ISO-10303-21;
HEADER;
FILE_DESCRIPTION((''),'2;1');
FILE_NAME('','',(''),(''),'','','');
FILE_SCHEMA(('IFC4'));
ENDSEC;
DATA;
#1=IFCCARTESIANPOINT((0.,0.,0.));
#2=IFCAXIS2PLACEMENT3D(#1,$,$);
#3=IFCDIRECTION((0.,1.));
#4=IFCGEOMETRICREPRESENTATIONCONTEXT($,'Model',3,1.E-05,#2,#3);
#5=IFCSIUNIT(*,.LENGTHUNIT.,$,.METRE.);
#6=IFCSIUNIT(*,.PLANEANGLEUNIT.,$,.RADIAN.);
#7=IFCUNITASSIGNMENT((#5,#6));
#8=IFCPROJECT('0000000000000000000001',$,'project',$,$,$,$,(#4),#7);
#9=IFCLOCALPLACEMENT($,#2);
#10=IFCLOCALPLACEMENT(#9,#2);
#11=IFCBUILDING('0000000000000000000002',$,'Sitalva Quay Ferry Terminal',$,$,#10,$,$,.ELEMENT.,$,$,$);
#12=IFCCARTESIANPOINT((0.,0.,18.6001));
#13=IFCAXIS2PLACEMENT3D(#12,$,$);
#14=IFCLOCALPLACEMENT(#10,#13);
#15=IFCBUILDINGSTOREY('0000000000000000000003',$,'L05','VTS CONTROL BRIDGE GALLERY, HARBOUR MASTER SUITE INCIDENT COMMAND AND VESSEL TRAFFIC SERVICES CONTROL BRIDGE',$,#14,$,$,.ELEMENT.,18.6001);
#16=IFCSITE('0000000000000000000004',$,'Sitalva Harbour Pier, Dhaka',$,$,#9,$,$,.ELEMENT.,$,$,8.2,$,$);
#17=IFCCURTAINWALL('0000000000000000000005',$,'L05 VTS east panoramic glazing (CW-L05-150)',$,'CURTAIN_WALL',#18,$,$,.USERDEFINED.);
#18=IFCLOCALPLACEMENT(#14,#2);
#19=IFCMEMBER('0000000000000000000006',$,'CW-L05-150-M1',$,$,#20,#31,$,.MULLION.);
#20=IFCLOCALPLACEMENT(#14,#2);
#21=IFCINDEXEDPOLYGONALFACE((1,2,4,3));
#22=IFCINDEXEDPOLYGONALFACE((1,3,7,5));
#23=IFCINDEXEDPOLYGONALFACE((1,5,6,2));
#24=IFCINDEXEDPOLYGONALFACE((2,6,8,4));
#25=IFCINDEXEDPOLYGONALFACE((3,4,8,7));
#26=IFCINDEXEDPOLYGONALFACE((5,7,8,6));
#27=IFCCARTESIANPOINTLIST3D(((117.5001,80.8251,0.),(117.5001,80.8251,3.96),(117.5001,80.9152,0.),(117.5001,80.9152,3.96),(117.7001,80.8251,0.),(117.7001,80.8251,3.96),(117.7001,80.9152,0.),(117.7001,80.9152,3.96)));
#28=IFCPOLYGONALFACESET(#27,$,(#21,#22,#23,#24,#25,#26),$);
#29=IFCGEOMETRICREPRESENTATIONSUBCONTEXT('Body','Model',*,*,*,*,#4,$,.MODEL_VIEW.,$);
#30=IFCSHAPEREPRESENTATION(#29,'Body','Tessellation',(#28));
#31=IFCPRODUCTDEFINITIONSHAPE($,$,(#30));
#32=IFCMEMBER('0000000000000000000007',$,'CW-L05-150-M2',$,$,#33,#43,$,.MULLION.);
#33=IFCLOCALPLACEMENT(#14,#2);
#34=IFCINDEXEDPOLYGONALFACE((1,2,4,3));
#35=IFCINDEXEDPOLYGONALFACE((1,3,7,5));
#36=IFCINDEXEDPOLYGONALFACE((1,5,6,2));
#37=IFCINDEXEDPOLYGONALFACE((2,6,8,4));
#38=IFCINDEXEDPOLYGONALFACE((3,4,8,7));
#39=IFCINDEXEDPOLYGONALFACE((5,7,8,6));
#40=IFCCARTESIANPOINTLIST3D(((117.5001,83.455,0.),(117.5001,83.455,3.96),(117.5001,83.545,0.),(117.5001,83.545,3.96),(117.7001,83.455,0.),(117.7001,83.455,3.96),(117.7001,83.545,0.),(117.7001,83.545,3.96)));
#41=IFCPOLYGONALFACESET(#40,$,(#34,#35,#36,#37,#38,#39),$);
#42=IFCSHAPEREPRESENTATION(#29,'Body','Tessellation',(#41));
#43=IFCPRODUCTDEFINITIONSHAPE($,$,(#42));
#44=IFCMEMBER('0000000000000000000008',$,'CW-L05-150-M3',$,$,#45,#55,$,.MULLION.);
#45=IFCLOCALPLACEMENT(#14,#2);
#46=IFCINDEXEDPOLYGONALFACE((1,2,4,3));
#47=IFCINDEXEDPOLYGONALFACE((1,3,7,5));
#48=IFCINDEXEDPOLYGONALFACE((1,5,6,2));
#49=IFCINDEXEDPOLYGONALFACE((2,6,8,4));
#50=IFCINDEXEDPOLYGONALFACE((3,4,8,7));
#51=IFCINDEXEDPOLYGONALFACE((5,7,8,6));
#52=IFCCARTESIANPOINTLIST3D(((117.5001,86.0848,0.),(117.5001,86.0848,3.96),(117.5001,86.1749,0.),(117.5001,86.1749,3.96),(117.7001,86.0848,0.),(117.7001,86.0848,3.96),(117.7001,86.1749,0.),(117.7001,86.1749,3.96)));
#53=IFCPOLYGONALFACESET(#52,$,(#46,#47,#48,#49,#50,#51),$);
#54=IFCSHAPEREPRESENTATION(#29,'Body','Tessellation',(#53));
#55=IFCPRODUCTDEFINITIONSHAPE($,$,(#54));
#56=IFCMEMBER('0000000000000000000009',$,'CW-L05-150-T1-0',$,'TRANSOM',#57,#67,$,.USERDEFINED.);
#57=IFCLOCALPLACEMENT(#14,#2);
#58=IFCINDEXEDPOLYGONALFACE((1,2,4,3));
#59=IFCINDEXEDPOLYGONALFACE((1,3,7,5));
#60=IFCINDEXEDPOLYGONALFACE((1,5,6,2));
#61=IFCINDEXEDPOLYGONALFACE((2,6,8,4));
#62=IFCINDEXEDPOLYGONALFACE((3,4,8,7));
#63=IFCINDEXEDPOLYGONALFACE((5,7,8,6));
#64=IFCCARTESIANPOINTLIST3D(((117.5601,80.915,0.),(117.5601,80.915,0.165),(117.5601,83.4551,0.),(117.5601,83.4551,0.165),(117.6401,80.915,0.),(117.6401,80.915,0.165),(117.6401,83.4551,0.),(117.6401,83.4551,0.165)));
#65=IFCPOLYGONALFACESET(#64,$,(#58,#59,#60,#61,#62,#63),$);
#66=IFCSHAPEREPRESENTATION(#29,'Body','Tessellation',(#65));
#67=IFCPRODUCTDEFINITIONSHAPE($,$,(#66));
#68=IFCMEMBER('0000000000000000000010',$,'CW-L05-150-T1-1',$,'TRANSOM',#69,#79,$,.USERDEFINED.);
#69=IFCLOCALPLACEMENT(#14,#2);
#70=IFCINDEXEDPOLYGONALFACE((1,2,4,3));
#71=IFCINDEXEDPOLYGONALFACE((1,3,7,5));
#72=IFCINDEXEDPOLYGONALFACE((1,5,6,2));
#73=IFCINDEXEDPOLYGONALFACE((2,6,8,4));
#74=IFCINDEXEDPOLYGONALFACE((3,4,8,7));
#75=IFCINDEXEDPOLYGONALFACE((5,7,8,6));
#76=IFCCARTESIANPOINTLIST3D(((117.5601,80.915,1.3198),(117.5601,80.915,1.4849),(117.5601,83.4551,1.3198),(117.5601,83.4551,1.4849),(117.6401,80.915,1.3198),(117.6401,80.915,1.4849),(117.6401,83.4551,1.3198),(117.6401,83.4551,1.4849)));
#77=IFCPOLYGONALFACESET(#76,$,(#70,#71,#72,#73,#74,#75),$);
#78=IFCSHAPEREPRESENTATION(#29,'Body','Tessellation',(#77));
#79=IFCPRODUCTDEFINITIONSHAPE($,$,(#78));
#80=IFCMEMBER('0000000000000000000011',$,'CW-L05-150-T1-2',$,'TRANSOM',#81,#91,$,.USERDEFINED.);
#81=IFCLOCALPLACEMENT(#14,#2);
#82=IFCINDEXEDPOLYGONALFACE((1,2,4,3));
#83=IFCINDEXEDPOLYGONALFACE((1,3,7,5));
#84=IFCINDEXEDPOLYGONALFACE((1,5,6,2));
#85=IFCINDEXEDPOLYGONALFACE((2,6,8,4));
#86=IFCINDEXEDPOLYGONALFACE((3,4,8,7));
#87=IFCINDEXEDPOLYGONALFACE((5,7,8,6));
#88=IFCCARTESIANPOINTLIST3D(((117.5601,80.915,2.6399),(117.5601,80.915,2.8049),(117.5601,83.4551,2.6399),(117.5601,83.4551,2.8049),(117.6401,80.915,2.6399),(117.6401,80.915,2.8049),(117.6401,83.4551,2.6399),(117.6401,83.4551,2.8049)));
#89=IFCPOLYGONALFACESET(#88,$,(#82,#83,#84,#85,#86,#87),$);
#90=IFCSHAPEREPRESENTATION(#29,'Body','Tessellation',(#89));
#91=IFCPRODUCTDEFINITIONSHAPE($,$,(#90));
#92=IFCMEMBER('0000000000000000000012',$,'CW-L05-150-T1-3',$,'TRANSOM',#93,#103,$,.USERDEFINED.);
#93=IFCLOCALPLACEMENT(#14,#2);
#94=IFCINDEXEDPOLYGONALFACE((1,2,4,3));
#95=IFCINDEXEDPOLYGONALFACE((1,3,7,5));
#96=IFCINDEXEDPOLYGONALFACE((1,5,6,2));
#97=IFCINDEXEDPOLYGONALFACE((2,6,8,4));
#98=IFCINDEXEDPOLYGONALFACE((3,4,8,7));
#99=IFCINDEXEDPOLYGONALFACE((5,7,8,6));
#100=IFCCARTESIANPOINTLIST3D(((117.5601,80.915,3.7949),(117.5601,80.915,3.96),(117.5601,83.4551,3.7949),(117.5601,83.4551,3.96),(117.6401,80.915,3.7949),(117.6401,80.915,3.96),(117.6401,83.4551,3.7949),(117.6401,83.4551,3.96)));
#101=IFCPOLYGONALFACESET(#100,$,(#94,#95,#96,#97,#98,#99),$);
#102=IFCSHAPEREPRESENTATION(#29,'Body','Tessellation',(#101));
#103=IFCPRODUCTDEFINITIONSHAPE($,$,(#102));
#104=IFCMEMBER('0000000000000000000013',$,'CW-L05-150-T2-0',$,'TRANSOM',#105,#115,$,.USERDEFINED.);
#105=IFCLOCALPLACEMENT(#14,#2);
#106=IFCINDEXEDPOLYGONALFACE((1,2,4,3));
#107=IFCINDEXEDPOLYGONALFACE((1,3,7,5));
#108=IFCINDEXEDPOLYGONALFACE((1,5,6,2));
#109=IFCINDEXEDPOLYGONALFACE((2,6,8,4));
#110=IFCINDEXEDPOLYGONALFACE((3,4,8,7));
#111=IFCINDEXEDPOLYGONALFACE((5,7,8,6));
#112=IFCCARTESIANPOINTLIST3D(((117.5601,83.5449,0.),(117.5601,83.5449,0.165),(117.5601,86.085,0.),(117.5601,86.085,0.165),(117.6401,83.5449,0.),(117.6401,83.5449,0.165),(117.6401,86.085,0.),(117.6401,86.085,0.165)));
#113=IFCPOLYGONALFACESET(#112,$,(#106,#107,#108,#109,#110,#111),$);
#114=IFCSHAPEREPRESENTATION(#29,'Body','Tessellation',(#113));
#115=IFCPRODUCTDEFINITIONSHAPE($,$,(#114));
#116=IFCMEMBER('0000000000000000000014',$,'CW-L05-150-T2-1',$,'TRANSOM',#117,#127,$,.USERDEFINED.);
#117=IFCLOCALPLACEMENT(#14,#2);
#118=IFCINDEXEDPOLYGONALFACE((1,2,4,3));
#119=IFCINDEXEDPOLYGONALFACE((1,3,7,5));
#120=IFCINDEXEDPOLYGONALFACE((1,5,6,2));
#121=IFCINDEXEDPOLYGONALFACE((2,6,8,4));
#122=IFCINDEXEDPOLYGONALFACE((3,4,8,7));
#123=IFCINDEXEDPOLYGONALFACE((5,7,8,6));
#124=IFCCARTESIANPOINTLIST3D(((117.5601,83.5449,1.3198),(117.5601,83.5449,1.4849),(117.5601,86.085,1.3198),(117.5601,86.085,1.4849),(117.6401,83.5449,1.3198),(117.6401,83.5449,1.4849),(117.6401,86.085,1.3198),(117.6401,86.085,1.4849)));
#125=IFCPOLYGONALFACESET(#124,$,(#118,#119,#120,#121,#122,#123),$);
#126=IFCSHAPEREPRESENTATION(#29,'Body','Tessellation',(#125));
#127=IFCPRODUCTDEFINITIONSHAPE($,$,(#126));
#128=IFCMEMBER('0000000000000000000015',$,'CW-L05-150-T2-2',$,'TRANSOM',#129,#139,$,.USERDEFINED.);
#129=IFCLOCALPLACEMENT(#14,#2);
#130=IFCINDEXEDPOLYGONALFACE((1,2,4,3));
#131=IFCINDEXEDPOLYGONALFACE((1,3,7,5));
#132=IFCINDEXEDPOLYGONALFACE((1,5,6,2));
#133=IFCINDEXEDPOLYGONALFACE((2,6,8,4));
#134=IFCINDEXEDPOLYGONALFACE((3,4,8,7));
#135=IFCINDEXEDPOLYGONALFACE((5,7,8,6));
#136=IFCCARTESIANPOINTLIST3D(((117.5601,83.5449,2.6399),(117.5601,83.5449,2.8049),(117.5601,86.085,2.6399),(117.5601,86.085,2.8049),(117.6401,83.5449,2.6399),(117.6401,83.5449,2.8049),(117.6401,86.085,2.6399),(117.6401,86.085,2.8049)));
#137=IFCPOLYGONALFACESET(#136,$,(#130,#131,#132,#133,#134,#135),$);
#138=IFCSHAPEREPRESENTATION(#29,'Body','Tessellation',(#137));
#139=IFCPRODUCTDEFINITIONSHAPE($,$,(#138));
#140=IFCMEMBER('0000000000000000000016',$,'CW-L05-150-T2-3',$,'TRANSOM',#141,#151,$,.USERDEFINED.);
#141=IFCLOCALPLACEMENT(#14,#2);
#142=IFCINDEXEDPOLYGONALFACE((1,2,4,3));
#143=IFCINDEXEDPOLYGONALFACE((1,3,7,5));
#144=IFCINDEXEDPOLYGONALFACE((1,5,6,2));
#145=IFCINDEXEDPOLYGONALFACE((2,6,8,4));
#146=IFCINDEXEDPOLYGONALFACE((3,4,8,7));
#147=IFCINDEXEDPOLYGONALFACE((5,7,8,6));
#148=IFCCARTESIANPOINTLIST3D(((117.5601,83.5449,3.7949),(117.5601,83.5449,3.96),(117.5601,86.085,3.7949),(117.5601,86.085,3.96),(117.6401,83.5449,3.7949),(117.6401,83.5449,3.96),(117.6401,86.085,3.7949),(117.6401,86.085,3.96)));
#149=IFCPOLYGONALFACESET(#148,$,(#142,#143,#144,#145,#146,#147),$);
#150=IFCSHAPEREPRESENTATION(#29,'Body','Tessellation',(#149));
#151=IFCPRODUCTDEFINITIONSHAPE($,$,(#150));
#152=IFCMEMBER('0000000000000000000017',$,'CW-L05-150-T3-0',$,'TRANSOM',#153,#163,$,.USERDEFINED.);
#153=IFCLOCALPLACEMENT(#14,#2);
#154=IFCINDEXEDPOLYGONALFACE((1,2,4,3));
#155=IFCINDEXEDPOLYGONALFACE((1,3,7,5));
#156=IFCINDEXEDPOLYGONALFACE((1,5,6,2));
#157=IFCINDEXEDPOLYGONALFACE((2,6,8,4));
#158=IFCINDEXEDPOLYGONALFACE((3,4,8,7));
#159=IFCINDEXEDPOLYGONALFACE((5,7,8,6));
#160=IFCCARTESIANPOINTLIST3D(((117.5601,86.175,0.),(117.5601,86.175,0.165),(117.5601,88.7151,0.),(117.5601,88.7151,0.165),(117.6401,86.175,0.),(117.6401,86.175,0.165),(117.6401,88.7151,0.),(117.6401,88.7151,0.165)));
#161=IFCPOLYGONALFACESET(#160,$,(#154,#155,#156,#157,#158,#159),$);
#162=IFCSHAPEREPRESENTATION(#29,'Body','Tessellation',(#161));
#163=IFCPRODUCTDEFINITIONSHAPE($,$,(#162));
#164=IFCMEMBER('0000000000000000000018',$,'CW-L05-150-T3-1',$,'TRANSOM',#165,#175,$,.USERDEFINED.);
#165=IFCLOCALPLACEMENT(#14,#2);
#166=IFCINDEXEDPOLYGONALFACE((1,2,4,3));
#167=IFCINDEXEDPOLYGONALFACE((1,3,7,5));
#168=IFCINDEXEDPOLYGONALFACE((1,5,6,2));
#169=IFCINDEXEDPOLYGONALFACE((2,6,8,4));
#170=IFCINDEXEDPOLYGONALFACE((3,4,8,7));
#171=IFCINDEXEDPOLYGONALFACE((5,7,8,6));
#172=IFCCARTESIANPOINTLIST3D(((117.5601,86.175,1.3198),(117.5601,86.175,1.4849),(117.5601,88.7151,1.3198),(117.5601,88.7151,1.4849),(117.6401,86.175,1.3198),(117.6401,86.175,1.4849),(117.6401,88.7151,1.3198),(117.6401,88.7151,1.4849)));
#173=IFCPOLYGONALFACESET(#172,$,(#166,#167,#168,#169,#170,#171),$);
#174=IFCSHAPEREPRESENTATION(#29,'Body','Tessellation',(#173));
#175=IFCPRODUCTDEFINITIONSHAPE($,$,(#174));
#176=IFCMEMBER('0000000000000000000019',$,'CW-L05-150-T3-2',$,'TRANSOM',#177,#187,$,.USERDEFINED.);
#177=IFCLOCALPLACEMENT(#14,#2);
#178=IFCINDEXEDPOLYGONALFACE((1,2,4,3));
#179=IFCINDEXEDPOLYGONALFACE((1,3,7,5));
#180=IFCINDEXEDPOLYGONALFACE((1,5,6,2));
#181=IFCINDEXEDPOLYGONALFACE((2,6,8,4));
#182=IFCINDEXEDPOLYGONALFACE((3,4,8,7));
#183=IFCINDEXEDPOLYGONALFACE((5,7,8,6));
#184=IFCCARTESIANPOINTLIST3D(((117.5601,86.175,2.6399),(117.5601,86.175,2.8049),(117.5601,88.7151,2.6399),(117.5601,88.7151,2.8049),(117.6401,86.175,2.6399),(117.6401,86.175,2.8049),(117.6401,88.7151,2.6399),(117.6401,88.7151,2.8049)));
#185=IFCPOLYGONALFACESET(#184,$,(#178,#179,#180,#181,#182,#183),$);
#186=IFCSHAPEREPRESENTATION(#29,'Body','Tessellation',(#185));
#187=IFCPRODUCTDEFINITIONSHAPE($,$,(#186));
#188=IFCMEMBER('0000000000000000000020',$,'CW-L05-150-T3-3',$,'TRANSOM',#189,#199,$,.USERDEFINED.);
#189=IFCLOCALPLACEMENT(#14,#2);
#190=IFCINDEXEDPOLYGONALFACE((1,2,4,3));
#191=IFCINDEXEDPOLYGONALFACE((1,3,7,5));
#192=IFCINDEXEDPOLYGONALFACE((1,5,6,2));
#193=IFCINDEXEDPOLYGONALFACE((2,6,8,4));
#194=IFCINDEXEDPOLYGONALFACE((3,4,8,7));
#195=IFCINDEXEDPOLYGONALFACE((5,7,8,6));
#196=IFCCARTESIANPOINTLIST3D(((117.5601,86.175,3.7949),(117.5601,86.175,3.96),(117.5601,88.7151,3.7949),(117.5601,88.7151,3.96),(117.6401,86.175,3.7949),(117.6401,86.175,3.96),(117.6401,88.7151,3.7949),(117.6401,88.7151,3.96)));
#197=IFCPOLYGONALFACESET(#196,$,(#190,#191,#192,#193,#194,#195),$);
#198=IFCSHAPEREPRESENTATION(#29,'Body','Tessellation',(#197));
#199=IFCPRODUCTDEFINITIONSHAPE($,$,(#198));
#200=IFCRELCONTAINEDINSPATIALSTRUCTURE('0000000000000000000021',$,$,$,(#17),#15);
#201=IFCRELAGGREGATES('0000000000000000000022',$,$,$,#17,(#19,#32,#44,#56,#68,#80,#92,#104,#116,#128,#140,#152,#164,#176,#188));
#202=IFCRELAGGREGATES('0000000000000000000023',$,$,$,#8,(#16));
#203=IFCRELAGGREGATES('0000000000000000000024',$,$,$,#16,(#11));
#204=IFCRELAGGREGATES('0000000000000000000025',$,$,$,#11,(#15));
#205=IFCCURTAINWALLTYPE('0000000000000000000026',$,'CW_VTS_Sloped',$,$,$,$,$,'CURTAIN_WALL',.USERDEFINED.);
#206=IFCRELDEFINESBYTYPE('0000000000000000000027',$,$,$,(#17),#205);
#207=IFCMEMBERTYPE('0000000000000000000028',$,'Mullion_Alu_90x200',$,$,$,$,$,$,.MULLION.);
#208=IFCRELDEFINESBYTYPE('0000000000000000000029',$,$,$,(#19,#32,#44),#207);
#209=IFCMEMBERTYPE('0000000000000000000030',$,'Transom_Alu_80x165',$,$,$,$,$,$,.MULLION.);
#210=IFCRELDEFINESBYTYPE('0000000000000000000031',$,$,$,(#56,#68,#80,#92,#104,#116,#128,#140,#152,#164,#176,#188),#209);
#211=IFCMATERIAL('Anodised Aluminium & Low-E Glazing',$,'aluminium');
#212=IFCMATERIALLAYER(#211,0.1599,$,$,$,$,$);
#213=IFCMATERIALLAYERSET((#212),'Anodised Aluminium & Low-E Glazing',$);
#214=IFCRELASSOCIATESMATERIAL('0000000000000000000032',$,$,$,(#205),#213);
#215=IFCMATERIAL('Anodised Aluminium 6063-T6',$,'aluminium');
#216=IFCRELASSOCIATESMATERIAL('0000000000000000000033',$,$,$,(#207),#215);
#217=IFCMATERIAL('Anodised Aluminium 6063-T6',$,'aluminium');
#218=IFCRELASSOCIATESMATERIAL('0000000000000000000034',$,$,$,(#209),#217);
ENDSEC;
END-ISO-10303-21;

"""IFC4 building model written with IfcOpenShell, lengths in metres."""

from ifc_helpers import new_model, si_unit, direction, frame, origin, origin_2d, place, context, subcontext, project, spatial, rectangle, extrude, material, layer, layer_set, material_profile, profile_set, type_object, element, aggregate, save


model = new_model("IFC4")

# Units and contexts
model_context = context("Model", 3, precision=1e-05, world=origin(), true_north=direction((0.0, 1.0)))
body_context = subcontext(model_context, "Body", "Model", "MODEL_VIEW")
ifc_project = project(units=[si_unit("LENGTHUNIT", "METRE"), si_unit("PLANEANGLEUNIT", "RADIAN")], contexts=[model_context])

# Site, building, storey
site_placement = place(None, origin())
site = spatial("IfcSite", under=ifc_project, at=site_placement, Name="Sitalva Harbour Pier, Dhaka", CompositionType="ELEMENT", RefElevation=8.2)
building_placement = place(site_placement, origin())
building = spatial("IfcBuilding", under=site, at=building_placement, Name="Sitalva Quay Ferry Terminal", CompositionType="ELEMENT")
storey_placement = place(building_placement, frame((0.0, 0.0, 18.6001)))
storey = spatial("IfcBuildingStorey", under=building, at=storey_placement, Name="L05", Description="VTS CONTROL BRIDGE GALLERY, HARBOUR MASTER SUITE INCIDENT COMMAND AND VESSEL TRAFFIC SERVICES CONTROL BRIDGE", CompositionType="ELEMENT", Elevation=18.6001)

# Curtain wall, members
ifc_material_1 = material(Name="Anodised Aluminium & Low-E Glazing", Category="aluminium")
ifc_layer_1 = layer(ifc_material_1, 0.1599)
ifc_layer_set_1 = layer_set([ifc_layer_1], Name="Anodised Aluminium & Low-E Glazing")
curtain_wall_type = type_object("IfcCurtainWallType", Name="CW_VTS_Sloped", ElementType="CURTAIN_WALL", PredefinedType="USERDEFINED", material=ifc_layer_set_1)
curtain_wall_placement = place(storey_placement, origin())
curtain_wall = element("IfcCurtainWall", 1, at=curtain_wall_placement, inside=storey, type_object=curtain_wall_type, Name="L05 VTS east panoramic glazing (CW-L05-150)", ObjectType="CURTAIN_WALL", PredefinedType="USERDEFINED")
ifc_material_2 = material(Name="Anodised Aluminium 6063-T6", Category="aluminium")
ifc_material_profile_1 = material_profile(ifc_material_2, rectangle(XDim=0.0901, YDim=0.2, at=origin_2d()), Name="ALU90x200")
ifc_profile_set_1 = profile_set([ifc_material_profile_1], Name="Anodised Aluminium 6063-T6")
member_type_1 = type_object("IfcMemberType", Name="Mullion_Alu_90x200", PredefinedType="MULLION", material=ifc_profile_set_1)
member_1_placement = place(storey_placement, frame((117.6001, 80.8701, 0.0), z_axis=(0.0, 0.0, 1.0), x_axis=(0.0, 1.0, 0.0)))
member_1 = element("IfcMember", 2, at=member_1_placement, type_object=member_type_1, Name="CW-L05-150-M1", PredefinedType="MULLION", context=body_context, shape_type="SweptSolid", body=[
    extrude(rectangle(XDim=0.0901, YDim=0.2, at=origin_2d()), origin(), (0.0, 0.0, 1.0), 3.96),
])
member_2_placement = place(storey_placement, frame((117.6001, 83.5, 0.0), z_axis=(0.0, 0.0, 1.0), x_axis=(0.0, 1.0, 0.0)))
member_2 = element("IfcMember", 3, at=member_2_placement, type_object=member_type_1, Name="CW-L05-150-M2", PredefinedType="MULLION", context=body_context, shape_type="SweptSolid", body=[
    extrude(rectangle(XDim=0.0901, YDim=0.2, at=origin_2d()), origin(), (0.0, 0.0, 1.0), 3.96),
])
member_3_placement = place(storey_placement, frame((117.6001, 86.1299, 0.0), z_axis=(0.0, 0.0, 1.0), x_axis=(0.0, 1.0, 0.0)))
member_3 = element("IfcMember", 4, at=member_3_placement, type_object=member_type_1, Name="CW-L05-150-M3", PredefinedType="MULLION", context=body_context, shape_type="SweptSolid", body=[
    extrude(rectangle(XDim=0.0901, YDim=0.2, at=origin_2d()), origin(), (0.0, 0.0, 1.0), 3.96),
])
ifc_material_3 = material(Name="Anodised Aluminium 6063-T6", Category="aluminium")
ifc_material_profile_2 = material_profile(ifc_material_3, rectangle(XDim=0.0801, YDim=0.165, at=origin_2d()), Name="ALU80x165")
ifc_profile_set_2 = profile_set([ifc_material_profile_2], Name="Anodised Aluminium 6063-T6")
member_type_2 = type_object("IfcMemberType", Name="Transom_Alu_80x165", PredefinedType="MULLION", material=ifc_profile_set_2)
member_4_placement = place(storey_placement, frame((117.6001, 80.915, 0.0825), z_axis=(0.0, 1.0, 0.0), x_axis=(-1.0, 0.0, 0.0)))
member_4 = element("IfcMember", 5, at=member_4_placement, type_object=member_type_2, Name="CW-L05-150-T1-0", ObjectType="TRANSOM", PredefinedType="USERDEFINED", context=body_context, shape_type="SweptSolid", body=[
    extrude(rectangle(XDim=0.0801, YDim=0.165, at=origin_2d()), origin(), (0.0, 0.0, 1.0), 2.54),
])
member_5_placement = place(storey_placement, frame((117.6001, 80.915, 1.4023), z_axis=(0.0, 1.0, 0.0), x_axis=(-1.0, 0.0, 0.0)))
member_5 = element("IfcMember", 6, at=member_5_placement, type_object=member_type_2, Name="CW-L05-150-T1-1", ObjectType="TRANSOM", PredefinedType="USERDEFINED", context=body_context, shape_type="SweptSolid", body=[
    extrude(rectangle(XDim=0.0801, YDim=0.165, at=origin_2d()), origin(), (0.0, 0.0, 1.0), 2.54),
])
member_6_placement = place(storey_placement, frame((117.6001, 80.915, 2.7224), z_axis=(0.0, 1.0, 0.0), x_axis=(-1.0, 0.0, 0.0)))
member_6 = element("IfcMember", 7, at=member_6_placement, type_object=member_type_2, Name="CW-L05-150-T1-2", ObjectType="TRANSOM", PredefinedType="USERDEFINED", context=body_context, shape_type="SweptSolid", body=[
    extrude(rectangle(XDim=0.0801, YDim=0.165, at=origin_2d()), origin(), (0.0, 0.0, 1.0), 2.54),
])
member_7_placement = place(storey_placement, frame((117.6001, 80.915, 3.8774), z_axis=(0.0, 1.0, 0.0), x_axis=(-1.0, 0.0, 0.0)))
member_7 = element("IfcMember", 8, at=member_7_placement, type_object=member_type_2, Name="CW-L05-150-T1-3", ObjectType="TRANSOM", PredefinedType="USERDEFINED", context=body_context, shape_type="SweptSolid", body=[
    extrude(rectangle(XDim=0.0801, YDim=0.165, at=origin_2d()), origin(), (0.0, 0.0, 1.0), 2.54),
])
member_8_placement = place(storey_placement, frame((117.6001, 83.5449, 0.0825), z_axis=(0.0, 1.0, 0.0), x_axis=(-1.0, 0.0, 0.0)))
member_8 = element("IfcMember", 9, at=member_8_placement, type_object=member_type_2, Name="CW-L05-150-T2-0", ObjectType="TRANSOM", PredefinedType="USERDEFINED", context=body_context, shape_type="SweptSolid", body=[
    extrude(rectangle(XDim=0.0801, YDim=0.165, at=origin_2d()), origin(), (0.0, 0.0, 1.0), 2.54),
])
member_9_placement = place(storey_placement, frame((117.6001, 83.5449, 1.4023), z_axis=(0.0, 1.0, 0.0), x_axis=(-1.0, 0.0, 0.0)))
member_9 = element("IfcMember", 10, at=member_9_placement, type_object=member_type_2, Name="CW-L05-150-T2-1", ObjectType="TRANSOM", PredefinedType="USERDEFINED", context=body_context, shape_type="SweptSolid", body=[
    extrude(rectangle(XDim=0.0801, YDim=0.165, at=origin_2d()), origin(), (0.0, 0.0, 1.0), 2.54),
])
member_10_placement = place(storey_placement, frame((117.6001, 83.5449, 2.7224), z_axis=(0.0, 1.0, 0.0), x_axis=(-1.0, 0.0, 0.0)))
member_10 = element("IfcMember", 11, at=member_10_placement, type_object=member_type_2, Name="CW-L05-150-T2-2", ObjectType="TRANSOM", PredefinedType="USERDEFINED", context=body_context, shape_type="SweptSolid", body=[
    extrude(rectangle(XDim=0.0801, YDim=0.165, at=origin_2d()), origin(), (0.0, 0.0, 1.0), 2.54),
])
member_11_placement = place(storey_placement, frame((117.6001, 83.5449, 3.8774), z_axis=(0.0, 1.0, 0.0), x_axis=(-1.0, 0.0, 0.0)))
member_11 = element("IfcMember", 12, at=member_11_placement, type_object=member_type_2, Name="CW-L05-150-T2-3", ObjectType="TRANSOM", PredefinedType="USERDEFINED", context=body_context, shape_type="SweptSolid", body=[
    extrude(rectangle(XDim=0.0801, YDim=0.165, at=origin_2d()), origin(), (0.0, 0.0, 1.0), 2.54),
])
member_12_placement = place(storey_placement, frame((117.6001, 86.175, 0.0825), z_axis=(0.0, 1.0, 0.0), x_axis=(-1.0, 0.0, 0.0)))
member_12 = element("IfcMember", 13, at=member_12_placement, type_object=member_type_2, Name="CW-L05-150-T3-0", ObjectType="TRANSOM", PredefinedType="USERDEFINED", context=body_context, shape_type="SweptSolid", body=[
    extrude(rectangle(XDim=0.0801, YDim=0.165, at=origin_2d()), origin(), (0.0, 0.0, 1.0), 2.54),
])
member_13_placement = place(storey_placement, frame((117.6001, 86.175, 1.4023), z_axis=(0.0, 1.0, 0.0), x_axis=(-1.0, 0.0, 0.0)))
member_13 = element("IfcMember", 14, at=member_13_placement, type_object=member_type_2, Name="CW-L05-150-T3-1", ObjectType="TRANSOM", PredefinedType="USERDEFINED", context=body_context, shape_type="SweptSolid", body=[
    extrude(rectangle(XDim=0.0801, YDim=0.165, at=origin_2d()), origin(), (0.0, 0.0, 1.0), 2.54),
])
member_14_placement = place(storey_placement, frame((117.6001, 86.175, 2.7224), z_axis=(0.0, 1.0, 0.0), x_axis=(-1.0, 0.0, 0.0)))
member_14 = element("IfcMember", 15, at=member_14_placement, type_object=member_type_2, Name="CW-L05-150-T3-2", ObjectType="TRANSOM", PredefinedType="USERDEFINED", context=body_context, shape_type="SweptSolid", body=[
    extrude(rectangle(XDim=0.0801, YDim=0.165, at=origin_2d()), origin(), (0.0, 0.0, 1.0), 2.54),
])
member_15_placement = place(storey_placement, frame((117.6001, 86.175, 3.8774), z_axis=(0.0, 1.0, 0.0), x_axis=(-1.0, 0.0, 0.0)))
member_15 = element("IfcMember", 16, at=member_15_placement, type_object=member_type_2, Name="CW-L05-150-T3-3", ObjectType="TRANSOM", PredefinedType="USERDEFINED", context=body_context, shape_type="SweptSolid", body=[
    extrude(rectangle(XDim=0.0801, YDim=0.165, at=origin_2d()), origin(), (0.0, 0.0, 1.0), 2.54),
])
aggregate(curtain_wall, [member_1, member_2, member_3, member_4, member_5, member_6, member_7, member_8, member_9, member_10, member_11, member_12, member_13, member_14, member_15])

save(model, "model.ifc")
